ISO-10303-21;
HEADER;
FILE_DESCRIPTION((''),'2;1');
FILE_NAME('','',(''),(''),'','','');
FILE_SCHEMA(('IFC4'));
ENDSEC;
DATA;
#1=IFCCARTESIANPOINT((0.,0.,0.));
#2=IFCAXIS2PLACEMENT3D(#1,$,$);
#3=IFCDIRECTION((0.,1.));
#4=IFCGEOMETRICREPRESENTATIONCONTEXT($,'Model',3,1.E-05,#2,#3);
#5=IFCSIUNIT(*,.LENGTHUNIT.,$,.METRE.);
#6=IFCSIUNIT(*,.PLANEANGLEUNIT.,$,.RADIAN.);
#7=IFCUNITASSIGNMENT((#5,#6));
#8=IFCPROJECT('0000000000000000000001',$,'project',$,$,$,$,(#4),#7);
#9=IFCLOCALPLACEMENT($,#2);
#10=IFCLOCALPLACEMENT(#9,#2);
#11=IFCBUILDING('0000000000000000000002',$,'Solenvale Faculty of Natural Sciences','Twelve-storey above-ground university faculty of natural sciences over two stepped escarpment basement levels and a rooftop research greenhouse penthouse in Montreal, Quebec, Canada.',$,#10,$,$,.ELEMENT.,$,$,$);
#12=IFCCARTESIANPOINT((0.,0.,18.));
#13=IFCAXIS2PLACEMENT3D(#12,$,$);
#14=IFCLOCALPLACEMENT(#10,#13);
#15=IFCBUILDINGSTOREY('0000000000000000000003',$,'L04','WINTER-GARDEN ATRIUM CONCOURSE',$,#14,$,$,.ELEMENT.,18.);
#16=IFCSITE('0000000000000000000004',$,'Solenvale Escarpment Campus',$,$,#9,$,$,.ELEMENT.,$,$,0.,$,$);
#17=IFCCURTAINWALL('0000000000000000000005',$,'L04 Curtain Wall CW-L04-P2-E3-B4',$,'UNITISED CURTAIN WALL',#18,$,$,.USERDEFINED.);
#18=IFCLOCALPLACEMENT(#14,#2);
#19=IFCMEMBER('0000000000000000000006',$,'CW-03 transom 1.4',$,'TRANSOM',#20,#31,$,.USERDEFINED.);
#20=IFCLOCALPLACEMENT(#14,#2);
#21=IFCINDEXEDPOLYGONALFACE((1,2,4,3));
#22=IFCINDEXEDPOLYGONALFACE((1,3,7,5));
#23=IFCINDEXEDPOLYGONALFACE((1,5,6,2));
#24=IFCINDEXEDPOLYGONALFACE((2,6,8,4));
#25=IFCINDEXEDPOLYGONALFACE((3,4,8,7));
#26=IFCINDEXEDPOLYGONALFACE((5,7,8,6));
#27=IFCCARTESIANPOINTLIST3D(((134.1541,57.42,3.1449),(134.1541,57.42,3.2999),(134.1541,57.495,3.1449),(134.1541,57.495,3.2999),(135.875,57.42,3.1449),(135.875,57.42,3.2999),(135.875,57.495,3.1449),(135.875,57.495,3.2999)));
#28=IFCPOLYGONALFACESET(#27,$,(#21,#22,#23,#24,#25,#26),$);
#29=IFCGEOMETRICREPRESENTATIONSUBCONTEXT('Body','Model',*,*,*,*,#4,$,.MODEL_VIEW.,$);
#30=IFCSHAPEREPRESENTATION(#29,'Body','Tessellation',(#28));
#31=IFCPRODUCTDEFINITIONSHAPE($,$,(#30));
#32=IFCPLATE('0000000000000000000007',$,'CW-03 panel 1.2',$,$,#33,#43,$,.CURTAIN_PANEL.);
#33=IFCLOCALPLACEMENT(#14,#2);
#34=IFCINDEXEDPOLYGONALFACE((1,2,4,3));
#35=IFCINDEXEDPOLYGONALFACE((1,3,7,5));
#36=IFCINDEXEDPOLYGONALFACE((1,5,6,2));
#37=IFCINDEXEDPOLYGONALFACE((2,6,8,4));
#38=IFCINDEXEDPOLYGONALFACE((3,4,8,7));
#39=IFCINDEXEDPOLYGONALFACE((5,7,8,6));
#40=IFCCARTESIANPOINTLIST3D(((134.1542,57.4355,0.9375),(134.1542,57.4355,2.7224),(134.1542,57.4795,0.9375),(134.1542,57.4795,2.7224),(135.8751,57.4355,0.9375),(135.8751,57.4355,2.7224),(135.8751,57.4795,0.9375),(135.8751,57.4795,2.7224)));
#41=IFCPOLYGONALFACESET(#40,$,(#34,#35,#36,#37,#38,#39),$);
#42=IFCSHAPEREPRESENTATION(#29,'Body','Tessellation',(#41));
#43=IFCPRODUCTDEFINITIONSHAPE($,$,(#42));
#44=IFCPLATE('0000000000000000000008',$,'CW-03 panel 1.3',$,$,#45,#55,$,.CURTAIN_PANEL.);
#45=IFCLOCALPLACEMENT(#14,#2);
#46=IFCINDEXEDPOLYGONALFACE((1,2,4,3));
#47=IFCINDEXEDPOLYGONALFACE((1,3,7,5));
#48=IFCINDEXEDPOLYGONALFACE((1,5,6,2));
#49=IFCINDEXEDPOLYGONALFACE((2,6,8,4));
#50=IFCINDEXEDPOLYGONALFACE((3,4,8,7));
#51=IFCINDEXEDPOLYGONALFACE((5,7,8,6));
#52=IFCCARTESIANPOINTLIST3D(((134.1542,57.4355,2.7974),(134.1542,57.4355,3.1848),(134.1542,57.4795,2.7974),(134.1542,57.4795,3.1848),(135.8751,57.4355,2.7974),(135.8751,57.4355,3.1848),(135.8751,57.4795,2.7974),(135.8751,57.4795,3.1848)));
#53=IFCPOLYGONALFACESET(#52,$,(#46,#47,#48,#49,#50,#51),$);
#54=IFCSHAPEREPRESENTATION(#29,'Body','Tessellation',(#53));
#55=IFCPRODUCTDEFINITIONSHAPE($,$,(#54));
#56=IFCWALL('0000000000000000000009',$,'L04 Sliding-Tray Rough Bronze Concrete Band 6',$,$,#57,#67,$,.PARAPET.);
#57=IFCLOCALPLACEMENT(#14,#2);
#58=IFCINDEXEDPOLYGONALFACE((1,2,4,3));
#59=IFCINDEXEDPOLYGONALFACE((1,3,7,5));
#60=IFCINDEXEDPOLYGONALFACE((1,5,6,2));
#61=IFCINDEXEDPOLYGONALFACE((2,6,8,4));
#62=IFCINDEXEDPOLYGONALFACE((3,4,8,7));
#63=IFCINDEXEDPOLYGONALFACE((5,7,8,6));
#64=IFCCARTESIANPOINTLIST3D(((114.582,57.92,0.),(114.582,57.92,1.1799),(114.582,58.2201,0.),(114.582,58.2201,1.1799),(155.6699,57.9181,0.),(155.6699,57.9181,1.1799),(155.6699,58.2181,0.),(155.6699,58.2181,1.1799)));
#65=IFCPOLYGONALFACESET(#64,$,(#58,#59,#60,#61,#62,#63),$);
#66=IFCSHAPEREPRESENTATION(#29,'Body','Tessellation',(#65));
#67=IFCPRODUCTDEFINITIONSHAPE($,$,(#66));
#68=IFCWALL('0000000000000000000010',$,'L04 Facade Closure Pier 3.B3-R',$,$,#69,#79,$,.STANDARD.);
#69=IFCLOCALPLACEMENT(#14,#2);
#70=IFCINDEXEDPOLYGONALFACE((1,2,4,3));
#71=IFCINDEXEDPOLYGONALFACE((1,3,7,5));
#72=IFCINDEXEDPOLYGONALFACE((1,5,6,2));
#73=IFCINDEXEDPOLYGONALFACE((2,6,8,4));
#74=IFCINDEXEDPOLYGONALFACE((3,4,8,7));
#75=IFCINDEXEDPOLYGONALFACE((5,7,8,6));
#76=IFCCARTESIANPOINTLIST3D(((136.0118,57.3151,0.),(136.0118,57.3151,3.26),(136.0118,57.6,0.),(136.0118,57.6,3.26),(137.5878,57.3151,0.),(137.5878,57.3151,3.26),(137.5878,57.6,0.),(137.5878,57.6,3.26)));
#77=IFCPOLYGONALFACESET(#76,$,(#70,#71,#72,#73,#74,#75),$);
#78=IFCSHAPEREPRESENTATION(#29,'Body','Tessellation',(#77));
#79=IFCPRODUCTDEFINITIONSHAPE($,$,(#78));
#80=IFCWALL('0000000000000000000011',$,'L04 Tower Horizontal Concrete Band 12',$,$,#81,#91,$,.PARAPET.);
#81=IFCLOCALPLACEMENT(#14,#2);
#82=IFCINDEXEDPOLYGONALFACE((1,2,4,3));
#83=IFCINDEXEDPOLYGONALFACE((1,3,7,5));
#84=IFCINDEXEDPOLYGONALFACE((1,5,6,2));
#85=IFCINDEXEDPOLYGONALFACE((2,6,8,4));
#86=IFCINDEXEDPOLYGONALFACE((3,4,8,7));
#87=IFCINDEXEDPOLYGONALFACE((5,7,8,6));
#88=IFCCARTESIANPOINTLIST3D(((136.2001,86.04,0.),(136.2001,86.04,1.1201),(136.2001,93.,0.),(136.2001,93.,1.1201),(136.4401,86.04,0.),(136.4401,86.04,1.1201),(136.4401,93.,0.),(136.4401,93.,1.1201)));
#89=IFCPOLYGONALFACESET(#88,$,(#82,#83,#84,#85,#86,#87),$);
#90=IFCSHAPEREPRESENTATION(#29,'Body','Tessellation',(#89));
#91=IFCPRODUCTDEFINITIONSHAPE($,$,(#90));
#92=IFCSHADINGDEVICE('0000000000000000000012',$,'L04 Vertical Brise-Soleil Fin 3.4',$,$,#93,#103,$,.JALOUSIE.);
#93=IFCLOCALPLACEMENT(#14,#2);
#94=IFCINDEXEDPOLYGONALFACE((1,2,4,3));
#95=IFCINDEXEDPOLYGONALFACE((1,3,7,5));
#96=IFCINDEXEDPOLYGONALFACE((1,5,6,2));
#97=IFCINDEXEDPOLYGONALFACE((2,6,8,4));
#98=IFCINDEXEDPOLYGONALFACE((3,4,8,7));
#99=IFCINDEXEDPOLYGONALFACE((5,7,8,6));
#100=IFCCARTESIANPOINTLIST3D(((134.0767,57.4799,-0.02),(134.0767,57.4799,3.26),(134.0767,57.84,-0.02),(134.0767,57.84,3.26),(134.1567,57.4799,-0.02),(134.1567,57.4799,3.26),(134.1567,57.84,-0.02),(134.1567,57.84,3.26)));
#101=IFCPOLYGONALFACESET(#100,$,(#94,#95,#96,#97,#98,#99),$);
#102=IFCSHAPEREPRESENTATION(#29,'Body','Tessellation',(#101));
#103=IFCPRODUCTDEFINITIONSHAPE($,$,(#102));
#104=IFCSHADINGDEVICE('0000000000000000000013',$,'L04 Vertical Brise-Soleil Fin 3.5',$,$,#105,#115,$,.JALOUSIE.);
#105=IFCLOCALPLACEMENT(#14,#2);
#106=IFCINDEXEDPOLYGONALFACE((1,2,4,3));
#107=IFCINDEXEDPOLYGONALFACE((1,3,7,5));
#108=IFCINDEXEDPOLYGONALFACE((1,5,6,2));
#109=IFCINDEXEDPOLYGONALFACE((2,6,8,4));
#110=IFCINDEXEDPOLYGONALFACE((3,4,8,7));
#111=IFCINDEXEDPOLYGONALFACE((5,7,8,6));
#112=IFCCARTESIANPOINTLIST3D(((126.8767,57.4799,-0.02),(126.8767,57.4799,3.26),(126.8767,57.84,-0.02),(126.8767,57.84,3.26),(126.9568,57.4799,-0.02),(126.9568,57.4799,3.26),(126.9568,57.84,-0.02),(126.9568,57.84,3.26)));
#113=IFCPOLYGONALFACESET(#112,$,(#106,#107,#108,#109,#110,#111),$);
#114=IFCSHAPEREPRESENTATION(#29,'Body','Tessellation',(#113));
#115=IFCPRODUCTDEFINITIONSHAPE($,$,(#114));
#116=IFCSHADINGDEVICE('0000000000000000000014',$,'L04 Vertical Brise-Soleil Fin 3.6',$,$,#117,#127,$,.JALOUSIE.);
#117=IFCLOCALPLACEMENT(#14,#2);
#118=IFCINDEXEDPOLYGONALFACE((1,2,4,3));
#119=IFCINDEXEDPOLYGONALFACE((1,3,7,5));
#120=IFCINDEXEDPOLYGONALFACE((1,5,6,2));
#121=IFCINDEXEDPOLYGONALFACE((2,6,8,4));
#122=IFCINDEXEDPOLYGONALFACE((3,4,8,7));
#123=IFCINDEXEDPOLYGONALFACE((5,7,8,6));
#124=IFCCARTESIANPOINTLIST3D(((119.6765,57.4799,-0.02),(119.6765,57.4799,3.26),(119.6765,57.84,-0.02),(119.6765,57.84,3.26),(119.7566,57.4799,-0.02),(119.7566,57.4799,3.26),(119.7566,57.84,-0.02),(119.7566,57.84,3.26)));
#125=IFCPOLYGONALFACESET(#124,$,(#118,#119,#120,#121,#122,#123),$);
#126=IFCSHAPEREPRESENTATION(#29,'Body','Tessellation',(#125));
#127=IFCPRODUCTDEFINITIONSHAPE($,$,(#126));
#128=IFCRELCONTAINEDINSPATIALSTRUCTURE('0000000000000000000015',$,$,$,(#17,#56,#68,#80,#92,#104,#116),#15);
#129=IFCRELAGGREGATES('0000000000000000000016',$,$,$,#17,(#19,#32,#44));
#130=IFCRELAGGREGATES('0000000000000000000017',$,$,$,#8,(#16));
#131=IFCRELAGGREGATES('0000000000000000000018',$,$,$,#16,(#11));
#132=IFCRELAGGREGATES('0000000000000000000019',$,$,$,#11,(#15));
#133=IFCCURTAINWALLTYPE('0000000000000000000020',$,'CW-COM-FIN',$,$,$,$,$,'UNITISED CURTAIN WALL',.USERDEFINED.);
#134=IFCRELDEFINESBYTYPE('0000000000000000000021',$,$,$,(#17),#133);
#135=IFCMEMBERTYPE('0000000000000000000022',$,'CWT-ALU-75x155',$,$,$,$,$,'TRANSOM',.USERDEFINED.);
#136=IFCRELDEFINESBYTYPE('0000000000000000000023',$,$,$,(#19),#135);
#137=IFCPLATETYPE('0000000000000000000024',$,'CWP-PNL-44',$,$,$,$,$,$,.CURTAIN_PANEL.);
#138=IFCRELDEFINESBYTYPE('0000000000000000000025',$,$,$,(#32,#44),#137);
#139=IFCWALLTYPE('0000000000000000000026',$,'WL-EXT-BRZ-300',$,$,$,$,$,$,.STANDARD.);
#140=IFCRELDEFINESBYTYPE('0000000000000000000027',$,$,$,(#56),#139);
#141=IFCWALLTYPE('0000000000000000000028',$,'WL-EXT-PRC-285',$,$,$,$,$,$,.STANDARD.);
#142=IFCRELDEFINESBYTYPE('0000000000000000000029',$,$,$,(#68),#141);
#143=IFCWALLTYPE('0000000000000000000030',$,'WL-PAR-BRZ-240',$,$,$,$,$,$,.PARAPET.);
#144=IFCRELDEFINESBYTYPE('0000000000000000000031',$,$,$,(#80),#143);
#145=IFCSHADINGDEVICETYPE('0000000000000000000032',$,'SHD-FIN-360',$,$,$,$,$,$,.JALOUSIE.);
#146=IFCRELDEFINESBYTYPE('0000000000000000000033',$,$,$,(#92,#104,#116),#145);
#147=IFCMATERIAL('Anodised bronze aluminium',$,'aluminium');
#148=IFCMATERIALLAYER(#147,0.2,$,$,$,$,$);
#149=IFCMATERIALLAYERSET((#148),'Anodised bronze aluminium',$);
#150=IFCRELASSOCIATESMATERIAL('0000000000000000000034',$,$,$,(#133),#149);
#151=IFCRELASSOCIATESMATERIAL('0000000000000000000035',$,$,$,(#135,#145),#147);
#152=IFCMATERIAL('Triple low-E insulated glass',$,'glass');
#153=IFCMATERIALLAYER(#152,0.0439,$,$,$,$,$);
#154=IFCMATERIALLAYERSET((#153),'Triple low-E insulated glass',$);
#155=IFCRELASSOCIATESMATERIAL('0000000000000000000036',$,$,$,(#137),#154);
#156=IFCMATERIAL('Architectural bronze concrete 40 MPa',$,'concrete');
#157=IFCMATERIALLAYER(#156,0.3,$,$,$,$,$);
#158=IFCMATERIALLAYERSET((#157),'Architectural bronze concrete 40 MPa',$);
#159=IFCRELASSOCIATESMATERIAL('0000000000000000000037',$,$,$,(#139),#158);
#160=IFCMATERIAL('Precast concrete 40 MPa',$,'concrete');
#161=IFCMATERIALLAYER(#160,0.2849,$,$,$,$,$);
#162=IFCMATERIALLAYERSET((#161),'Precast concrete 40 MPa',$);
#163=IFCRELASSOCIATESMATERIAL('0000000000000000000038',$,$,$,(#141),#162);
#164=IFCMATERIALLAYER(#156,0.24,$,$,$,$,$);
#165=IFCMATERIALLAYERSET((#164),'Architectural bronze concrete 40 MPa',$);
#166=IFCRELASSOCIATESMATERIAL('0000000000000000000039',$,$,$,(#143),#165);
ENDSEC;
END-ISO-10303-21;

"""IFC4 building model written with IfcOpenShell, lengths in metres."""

from ifc_helpers import new_model, si_unit, direction, frame, frame_2d, origin, origin_2d, place, context, subcontext, project, spatial, rectangle, extrude, material, layer, layer_set, material_profile, profile_set, type_object, element, aggregate, save


model = new_model("IFC4")

# Units and contexts
model_context = context("Model", 3, precision=1e-05, world=origin(), true_north=direction((0.0, 1.0)))
body_context = subcontext(model_context, "Body", "Model", "MODEL_VIEW")
ifc_project = project(units=[si_unit("LENGTHUNIT", "METRE"), si_unit("PLANEANGLEUNIT", "RADIAN")], contexts=[model_context])

# Site, building, storey
site_placement = place(None, origin())
site = spatial("IfcSite", under=ifc_project, at=site_placement, Name="Solenvale Escarpment Campus", CompositionType="ELEMENT", RefElevation=0.0)
building_placement = place(site_placement, origin())
building = spatial("IfcBuilding", under=site, at=building_placement, Name="Solenvale Faculty of Natural Sciences", Description="Twelve-storey above-ground university faculty of natural sciences over two stepped escarpment basement levels and a rooftop research greenhouse penthouse in Montreal, Quebec, Canada.", CompositionType="ELEMENT")
storey_placement = place(building_placement, frame((0.0, 0.0, 18.0)))
storey = spatial("IfcBuildingStorey", under=building, at=storey_placement, Name="L04", Description="WINTER-GARDEN ATRIUM CONCOURSE", CompositionType="ELEMENT", Elevation=18.0)

# Shared definitions
ifc_material_1 = material(Name="Anodised bronze aluminium", Category="aluminium")
ifc_layer_1 = layer(ifc_material_1, 0.2)
ifc_layer_set_1 = layer_set([ifc_layer_1], Name="Anodised bronze aluminium")
curtain_wall_type = type_object("IfcCurtainWallType", Name="CW-COM-FIN", ElementType="UNITISED CURTAIN WALL", PredefinedType="USERDEFINED", material=ifc_layer_set_1)

# Curtain wall, member, plates
curtain_wall_1_placement = place(storey_placement, origin())
curtain_wall_1 = element("IfcCurtainWall", 1, at=curtain_wall_1_placement, inside=storey, type_object=curtain_wall_type, Name="L04 Curtain Wall CW-L04-P2-E3-B4", ObjectType="UNITISED CURTAIN WALL", PredefinedType="USERDEFINED")
ifc_material_profile_1 = material_profile(ifc_material_1, rectangle(XDim=0.075, YDim=0.155, at=origin_2d()), Name="ALU-TRN-75x155")
ifc_profile_set_1 = profile_set([ifc_material_profile_1], Name="Anodised bronze aluminium")
member_type_1 = type_object("IfcMemberType", Name="CWT-ALU-75x155", ElementType="TRANSOM", PredefinedType="USERDEFINED", material=ifc_profile_set_1)
member_1_placement = place(storey_placement, frame((135.875, 57.4575, 3.2224), z_axis=(-1.0, 0.0, 0.0), x_axis=(0.0, -1.0, 0.0)))
member_1 = element("IfcMember", 2, at=member_1_placement, type_object=member_type_1, Name="CW-03 transom 1.4", ObjectType="TRANSOM", PredefinedType="USERDEFINED", context=body_context, shape_type="SweptSolid", body=[
    extrude(rectangle(XDim=0.075, YDim=0.155, at=origin_2d()), origin(), (0.0, 0.0, 1.0), 1.7209),
])
ifc_material_2 = material(Name="Triple low-E insulated glass", Category="glass")
ifc_layer_2 = layer(ifc_material_2, 0.0439)
ifc_layer_set_2 = layer_set([ifc_layer_2], Name="Triple low-E insulated glass")
plate_type = type_object("IfcPlateType", Name="CWP-PNL-44", PredefinedType="CURTAIN_PANEL", material=ifc_layer_set_2)
plate_1_placement = place(storey_placement, frame((135.0146, 57.4575, 0.9375), z_axis=(0.0, 0.0, 1.0), x_axis=(-1.0, 0.0, 0.0)))
plate_1 = element("IfcPlate", 3, at=plate_1_placement, type_object=plate_type, Name="CW-03 panel 1.2", PredefinedType="CURTAIN_PANEL", context=body_context, shape_type="SweptSolid", body=[
    extrude(rectangle(XDim=1.7209, YDim=0.0439, at=origin_2d()), origin(), (0.0, 0.0, 1.0), 1.7849),
])
plate_2_placement = place(storey_placement, frame((135.0146, 57.4575, 2.7974), z_axis=(0.0, 0.0, 1.0), x_axis=(-1.0, 0.0, 0.0)))
plate_2 = element("IfcPlate", 4, at=plate_2_placement, type_object=plate_type, Name="CW-03 panel 1.3", PredefinedType="CURTAIN_PANEL", context=body_context, shape_type="SweptSolid", body=[
    extrude(rectangle(XDim=1.7209, YDim=0.0439, at=origin_2d()), origin(), (0.0, 0.0, 1.0), 0.3875),
])
aggregate(curtain_wall_1, [member_1, plate_1, plate_2])

# Walls
ifc_material_3 = material(Name="Architectural bronze concrete 40 MPa", Category="concrete")
ifc_layer_3 = layer(ifc_material_3, 0.3)
ifc_layer_set_3 = layer_set([ifc_layer_3], Name="Architectural bronze concrete 40 MPa")
wall_type_1 = type_object("IfcWallType", Name="WL-EXT-BRZ-300", PredefinedType="STANDARD", material=ifc_layer_set_3)
wall_1_placement = place(storey_placement, frame((114.582, 58.0701, 0.0), z_axis=(0.0, 0.0, 1.0), x_axis=(1.0, -0.000048, 0.0)))
element("IfcWall", 5, at=wall_1_placement, inside=storey, type_object=wall_type_1, Name="L04 Sliding-Tray Rough Bronze Concrete Band 6", PredefinedType="PARAPET", context=body_context, shape_type="SweptSolid", body=[
    extrude(rectangle(XDim=41.0879, YDim=0.3, at=frame_2d((20.5439, 0.0))), origin(), (0.0, 0.0, 1.0), 1.1799),
])
ifc_material_4 = material(Name="Precast concrete 40 MPa", Category="concrete")
ifc_layer_4 = layer(ifc_material_4, 0.2849)
ifc_layer_set_4 = layer_set([ifc_layer_4], Name="Precast concrete 40 MPa")
wall_type_2 = type_object("IfcWallType", Name="WL-EXT-PRC-285", PredefinedType="STANDARD", material=ifc_layer_set_4)
wall_2_placement = place(storey_placement, frame((137.5879, 57.4575, 0.0), z_axis=(0.0, 0.0, 1.0), x_axis=(-1.0, 0.0, 0.0)))
element("IfcWall", 6, at=wall_2_placement, inside=storey, type_object=wall_type_2, Name="L04 Facade Closure Pier 3.B3-R", PredefinedType="STANDARD", context=body_context, shape_type="SweptSolid", body=[
    extrude(rectangle(XDim=1.5759, YDim=0.2849, at=frame_2d((0.7881, 0.0))), origin(), (0.0, 0.0, 1.0), 3.26),
])
ifc_layer_5 = layer(ifc_material_3, 0.24)
ifc_layer_set_5 = layer_set([ifc_layer_5], Name="Architectural bronze concrete 40 MPa")
wall_type_3 = type_object("IfcWallType", Name="WL-PAR-BRZ-240", PredefinedType="PARAPET", material=ifc_layer_set_5)
wall_3_placement = place(storey_placement, frame((136.3201, 86.04, 0.0), z_axis=(0.0, 0.0, 1.0), x_axis=(0.0, 1.0, 0.0)))
element("IfcWall", 7, at=wall_3_placement, inside=storey, type_object=wall_type_3, Name="L04 Tower Horizontal Concrete Band 12", PredefinedType="PARAPET", context=body_context, shape_type="SweptSolid", body=[
    extrude(rectangle(XDim=6.96, YDim=0.24, at=frame_2d((3.48, 0.0))), origin(), (0.0, 0.0, 1.0), 1.1201),
])

# Shading devices
ifc_material_profile_2 = material_profile(ifc_material_1, rectangle(XDim=0.0801, YDim=0.3601, at=origin_2d()), Name="ALU-FIN-80x360")
ifc_profile_set_2 = profile_set([ifc_material_profile_2], Name="Anodised bronze aluminium")
shading_device_type = type_object("IfcShadingDeviceType", Name="SHD-FIN-360", PredefinedType="JALOUSIE", material=ifc_profile_set_2)
for number, where, z_axis, x_axis, name in (
    (8, (134.1167, 57.6599, -0.02), (0.0, 0.0, 1.0), (1.0, 0.0, 0.0), "L04 Vertical Brise-Soleil Fin 3.4"),
    (9, (126.9167, 57.6599, -0.02), (0.0, 0.0, 1.0), (1.0, 0.0, 0.0), "L04 Vertical Brise-Soleil Fin 3.5"),
    (10, (119.7166, 57.6599, -0.02), (0.0, 0.0, 1.0), (1.0, 0.0, 0.0), "L04 Vertical Brise-Soleil Fin 3.6"),
):
    element("IfcShadingDevice", number, at=place(storey_placement, frame(where, z_axis=z_axis, x_axis=x_axis)), inside=storey, type_object=shading_device_type, Name=name, PredefinedType="JALOUSIE", context=body_context, shape_type="SweptSolid", body=[
        extrude(rectangle(XDim=0.0801, YDim=0.3601, at=origin_2d()), origin(), (0.0, 0.0, 1.0), 3.28),
    ])

save(model, "model.ifc")
